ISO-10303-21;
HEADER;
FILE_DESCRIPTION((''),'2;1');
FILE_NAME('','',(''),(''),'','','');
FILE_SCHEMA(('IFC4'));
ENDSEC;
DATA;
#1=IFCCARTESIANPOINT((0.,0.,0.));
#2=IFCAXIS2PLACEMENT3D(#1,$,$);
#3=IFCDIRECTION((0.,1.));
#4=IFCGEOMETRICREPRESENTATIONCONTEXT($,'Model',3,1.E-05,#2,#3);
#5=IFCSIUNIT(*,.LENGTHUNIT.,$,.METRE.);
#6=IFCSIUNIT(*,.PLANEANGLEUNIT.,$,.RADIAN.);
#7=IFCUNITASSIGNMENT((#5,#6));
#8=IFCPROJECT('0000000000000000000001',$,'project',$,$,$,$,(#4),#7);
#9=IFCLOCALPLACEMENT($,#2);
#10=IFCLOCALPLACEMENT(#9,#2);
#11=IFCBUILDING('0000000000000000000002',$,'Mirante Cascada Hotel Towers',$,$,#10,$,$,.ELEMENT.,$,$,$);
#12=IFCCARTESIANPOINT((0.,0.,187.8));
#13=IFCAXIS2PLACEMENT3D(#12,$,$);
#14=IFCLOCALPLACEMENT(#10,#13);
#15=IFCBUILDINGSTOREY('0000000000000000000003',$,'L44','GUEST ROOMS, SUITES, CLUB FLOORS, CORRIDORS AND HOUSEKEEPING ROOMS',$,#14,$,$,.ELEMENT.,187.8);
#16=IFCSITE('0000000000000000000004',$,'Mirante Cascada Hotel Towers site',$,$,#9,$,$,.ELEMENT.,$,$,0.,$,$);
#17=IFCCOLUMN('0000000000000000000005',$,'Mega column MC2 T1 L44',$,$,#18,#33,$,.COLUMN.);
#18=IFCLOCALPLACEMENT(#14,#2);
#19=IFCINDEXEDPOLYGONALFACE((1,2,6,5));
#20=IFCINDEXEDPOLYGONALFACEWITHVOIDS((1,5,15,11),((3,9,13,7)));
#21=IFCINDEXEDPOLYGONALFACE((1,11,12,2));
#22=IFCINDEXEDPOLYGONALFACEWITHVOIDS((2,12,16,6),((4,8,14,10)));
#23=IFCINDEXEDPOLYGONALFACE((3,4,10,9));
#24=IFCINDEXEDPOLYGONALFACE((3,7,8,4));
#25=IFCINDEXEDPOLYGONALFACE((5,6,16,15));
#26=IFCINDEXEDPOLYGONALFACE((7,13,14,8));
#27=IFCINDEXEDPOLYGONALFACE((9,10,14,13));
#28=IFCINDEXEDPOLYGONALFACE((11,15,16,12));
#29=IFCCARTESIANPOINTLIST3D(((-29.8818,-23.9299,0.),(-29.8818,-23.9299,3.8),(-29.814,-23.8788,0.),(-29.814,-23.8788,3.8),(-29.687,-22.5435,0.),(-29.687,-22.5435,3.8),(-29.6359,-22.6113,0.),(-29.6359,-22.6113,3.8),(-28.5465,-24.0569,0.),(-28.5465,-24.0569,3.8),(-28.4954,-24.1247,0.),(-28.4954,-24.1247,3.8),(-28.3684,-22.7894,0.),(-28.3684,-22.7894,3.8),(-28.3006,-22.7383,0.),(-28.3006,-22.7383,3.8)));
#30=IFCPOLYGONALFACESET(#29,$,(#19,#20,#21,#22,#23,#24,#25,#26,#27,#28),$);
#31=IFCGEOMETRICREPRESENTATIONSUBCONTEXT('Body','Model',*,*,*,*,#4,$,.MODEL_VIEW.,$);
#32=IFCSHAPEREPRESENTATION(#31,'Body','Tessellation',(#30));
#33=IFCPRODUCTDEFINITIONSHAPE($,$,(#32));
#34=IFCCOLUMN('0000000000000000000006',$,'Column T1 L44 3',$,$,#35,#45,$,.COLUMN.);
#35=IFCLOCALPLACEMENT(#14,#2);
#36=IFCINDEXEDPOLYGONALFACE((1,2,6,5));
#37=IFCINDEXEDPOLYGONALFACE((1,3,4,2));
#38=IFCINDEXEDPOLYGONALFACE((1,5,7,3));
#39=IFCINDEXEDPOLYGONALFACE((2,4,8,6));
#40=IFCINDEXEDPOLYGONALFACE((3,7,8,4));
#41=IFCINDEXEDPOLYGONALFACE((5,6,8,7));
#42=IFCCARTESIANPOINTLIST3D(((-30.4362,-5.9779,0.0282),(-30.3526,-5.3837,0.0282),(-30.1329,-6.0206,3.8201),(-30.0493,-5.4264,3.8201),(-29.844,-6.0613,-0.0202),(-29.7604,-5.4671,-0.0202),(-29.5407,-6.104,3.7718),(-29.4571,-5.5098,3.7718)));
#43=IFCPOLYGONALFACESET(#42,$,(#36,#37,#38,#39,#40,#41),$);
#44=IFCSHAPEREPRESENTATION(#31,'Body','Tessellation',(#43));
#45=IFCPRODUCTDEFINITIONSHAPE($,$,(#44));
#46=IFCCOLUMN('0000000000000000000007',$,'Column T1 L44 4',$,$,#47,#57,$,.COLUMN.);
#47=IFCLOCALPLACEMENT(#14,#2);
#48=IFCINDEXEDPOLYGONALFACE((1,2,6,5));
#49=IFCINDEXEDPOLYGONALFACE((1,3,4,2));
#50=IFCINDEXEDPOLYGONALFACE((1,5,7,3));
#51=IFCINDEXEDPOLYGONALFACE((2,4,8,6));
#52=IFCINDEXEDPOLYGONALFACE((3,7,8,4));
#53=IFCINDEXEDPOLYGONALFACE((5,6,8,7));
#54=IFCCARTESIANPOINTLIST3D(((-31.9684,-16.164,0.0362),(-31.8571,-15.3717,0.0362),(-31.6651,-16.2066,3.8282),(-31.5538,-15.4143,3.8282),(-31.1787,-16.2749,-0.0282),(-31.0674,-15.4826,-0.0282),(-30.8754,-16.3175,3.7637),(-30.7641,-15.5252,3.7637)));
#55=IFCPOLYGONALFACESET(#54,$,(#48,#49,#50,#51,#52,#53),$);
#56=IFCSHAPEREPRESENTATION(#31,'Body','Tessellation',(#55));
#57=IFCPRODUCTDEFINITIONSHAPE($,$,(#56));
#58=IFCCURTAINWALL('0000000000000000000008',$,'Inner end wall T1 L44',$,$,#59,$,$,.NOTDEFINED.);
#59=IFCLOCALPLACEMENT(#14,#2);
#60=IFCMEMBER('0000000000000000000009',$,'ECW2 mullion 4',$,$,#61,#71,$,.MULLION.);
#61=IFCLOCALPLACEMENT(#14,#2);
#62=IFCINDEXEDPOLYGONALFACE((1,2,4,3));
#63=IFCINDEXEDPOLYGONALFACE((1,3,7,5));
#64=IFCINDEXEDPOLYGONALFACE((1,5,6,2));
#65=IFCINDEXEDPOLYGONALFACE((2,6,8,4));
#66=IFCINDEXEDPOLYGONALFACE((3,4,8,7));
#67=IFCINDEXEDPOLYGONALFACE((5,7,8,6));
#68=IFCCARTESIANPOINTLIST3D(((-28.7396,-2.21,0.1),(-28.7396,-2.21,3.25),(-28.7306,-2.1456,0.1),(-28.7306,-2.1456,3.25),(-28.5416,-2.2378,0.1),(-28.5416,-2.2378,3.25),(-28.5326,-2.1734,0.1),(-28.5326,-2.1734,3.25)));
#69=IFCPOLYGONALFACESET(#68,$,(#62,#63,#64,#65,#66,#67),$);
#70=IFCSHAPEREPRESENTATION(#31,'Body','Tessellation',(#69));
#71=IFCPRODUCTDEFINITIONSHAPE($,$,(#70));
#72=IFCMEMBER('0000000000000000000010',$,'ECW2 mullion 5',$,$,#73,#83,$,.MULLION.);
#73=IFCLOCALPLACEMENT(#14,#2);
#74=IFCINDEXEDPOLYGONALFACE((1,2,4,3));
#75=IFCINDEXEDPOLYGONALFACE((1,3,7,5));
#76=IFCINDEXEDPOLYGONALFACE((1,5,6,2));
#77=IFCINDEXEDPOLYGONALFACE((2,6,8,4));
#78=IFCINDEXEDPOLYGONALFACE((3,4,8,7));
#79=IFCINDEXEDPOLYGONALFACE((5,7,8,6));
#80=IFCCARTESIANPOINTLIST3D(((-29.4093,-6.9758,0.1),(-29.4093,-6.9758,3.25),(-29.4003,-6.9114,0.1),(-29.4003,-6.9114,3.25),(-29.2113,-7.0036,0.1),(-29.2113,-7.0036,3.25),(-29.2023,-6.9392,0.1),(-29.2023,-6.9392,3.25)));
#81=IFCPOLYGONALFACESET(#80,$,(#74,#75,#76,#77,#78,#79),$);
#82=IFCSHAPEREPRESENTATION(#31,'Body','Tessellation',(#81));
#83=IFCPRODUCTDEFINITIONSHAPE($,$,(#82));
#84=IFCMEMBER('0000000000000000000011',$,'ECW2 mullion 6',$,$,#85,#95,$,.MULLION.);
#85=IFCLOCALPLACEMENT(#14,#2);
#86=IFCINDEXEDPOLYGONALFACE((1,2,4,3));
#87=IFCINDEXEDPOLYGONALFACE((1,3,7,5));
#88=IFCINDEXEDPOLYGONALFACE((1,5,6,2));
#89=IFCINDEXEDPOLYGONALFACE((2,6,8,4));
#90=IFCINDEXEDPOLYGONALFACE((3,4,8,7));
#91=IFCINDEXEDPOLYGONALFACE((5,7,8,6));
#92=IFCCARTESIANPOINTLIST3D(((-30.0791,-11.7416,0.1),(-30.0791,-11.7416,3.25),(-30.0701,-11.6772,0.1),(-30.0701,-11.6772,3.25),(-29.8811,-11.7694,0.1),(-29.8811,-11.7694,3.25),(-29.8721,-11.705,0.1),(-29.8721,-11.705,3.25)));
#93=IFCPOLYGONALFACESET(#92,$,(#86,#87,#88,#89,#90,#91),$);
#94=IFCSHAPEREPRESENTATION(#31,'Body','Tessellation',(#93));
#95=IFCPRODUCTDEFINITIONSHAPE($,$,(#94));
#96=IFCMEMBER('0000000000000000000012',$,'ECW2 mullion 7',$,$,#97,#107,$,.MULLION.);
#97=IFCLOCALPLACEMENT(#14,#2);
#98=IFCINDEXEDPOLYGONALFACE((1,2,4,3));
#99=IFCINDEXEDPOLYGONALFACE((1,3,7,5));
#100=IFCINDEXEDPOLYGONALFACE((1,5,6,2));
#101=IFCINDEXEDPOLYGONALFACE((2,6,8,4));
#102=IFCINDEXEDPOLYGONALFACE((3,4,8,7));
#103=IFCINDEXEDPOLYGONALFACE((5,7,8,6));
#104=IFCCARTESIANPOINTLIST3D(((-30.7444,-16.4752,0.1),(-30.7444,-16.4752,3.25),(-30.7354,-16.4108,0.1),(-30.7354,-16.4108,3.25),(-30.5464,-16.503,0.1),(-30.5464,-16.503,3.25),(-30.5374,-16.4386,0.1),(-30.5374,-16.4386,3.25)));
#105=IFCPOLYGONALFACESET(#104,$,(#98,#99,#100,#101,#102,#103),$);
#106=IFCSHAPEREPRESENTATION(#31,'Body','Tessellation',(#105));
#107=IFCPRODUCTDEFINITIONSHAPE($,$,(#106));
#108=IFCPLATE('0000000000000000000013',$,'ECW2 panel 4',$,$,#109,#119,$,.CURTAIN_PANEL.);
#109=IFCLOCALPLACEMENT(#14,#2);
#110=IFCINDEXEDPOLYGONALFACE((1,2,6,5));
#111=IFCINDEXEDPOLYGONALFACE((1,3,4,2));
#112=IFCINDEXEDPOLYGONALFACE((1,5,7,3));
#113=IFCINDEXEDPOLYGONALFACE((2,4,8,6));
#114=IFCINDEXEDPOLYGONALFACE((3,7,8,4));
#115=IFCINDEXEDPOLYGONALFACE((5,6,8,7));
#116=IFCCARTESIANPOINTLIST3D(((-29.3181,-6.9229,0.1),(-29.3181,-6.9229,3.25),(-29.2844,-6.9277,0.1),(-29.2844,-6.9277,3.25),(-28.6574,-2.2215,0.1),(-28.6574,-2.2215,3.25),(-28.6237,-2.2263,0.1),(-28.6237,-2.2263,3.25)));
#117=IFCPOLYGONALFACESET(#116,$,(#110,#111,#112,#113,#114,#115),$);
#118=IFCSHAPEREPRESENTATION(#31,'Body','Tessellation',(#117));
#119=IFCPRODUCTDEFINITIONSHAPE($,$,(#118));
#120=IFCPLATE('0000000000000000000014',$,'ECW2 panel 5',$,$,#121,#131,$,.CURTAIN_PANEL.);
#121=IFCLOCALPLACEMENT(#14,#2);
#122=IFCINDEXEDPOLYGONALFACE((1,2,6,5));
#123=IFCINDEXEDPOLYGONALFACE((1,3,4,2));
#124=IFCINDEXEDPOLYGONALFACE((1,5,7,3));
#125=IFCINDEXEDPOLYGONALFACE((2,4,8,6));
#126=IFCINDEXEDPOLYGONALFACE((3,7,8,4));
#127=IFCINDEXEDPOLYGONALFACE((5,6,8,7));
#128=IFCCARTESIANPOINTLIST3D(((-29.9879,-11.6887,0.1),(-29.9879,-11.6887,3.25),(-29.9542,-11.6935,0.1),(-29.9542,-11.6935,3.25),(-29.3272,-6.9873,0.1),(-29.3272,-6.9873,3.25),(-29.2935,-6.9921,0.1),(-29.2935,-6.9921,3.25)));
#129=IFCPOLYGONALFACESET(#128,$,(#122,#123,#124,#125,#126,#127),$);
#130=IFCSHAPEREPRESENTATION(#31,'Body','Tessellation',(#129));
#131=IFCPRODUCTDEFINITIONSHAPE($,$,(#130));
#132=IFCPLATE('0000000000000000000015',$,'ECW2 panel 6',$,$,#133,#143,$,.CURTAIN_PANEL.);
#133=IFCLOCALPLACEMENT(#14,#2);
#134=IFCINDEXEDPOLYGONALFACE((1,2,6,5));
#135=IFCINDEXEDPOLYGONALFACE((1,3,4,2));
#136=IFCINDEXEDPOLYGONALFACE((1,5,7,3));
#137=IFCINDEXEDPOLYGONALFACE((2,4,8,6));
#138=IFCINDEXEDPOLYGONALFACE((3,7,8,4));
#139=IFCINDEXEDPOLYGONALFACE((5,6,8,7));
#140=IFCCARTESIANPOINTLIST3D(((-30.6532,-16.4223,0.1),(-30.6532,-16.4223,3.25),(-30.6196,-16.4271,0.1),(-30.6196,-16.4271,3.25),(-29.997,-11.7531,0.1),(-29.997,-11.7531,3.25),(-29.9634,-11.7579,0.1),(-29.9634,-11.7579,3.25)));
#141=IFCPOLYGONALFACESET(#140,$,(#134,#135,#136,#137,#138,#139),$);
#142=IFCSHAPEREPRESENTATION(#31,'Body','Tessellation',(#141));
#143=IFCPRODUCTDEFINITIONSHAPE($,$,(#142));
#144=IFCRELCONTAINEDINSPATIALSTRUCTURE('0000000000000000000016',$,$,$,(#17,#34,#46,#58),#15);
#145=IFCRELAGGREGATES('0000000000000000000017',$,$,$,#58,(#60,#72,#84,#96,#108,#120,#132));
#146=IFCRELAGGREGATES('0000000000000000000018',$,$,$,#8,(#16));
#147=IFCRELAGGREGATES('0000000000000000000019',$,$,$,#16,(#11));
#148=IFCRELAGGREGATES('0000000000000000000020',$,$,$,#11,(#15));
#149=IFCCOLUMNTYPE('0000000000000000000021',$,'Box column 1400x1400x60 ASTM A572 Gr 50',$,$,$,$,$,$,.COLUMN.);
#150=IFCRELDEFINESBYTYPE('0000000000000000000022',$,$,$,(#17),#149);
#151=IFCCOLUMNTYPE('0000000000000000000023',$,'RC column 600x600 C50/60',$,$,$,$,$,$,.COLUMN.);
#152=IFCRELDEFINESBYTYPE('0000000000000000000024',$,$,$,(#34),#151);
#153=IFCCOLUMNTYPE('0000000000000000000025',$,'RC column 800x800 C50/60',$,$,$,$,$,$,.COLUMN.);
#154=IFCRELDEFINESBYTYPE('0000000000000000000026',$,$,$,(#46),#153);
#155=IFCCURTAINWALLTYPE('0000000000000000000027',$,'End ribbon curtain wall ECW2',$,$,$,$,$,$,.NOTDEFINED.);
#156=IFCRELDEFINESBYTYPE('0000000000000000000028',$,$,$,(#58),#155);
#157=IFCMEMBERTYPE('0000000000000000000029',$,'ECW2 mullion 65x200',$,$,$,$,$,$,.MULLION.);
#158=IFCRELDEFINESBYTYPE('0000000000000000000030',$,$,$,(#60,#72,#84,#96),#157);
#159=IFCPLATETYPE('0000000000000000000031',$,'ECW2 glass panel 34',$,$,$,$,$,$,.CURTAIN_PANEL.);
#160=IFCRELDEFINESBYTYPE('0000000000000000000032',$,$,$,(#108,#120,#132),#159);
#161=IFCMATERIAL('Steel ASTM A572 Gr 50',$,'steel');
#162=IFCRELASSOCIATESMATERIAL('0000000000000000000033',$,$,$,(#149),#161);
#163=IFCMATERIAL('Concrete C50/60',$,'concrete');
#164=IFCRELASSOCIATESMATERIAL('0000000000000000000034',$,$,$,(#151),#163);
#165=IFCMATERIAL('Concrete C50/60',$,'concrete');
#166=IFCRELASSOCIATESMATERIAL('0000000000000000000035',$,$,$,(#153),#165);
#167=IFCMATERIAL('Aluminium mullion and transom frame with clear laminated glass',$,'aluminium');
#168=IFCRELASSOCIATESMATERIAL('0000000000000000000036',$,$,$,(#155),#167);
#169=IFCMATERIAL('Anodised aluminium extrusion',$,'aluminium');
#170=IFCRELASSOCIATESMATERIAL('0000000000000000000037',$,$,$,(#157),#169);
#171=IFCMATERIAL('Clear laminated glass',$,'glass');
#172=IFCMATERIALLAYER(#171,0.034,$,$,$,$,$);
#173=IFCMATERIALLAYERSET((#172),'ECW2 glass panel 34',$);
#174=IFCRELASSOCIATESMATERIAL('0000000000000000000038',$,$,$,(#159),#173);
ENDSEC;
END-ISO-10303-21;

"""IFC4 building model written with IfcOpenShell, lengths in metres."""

from ifc_helpers import new_model, si_unit, direction, frame, origin, origin_2d, place, context, subcontext, project, spatial, rectangle, hollow_rectangle, extrude, material, layer, layer_set, material_profile, profile_set, type_object, element, aggregate, save


model = new_model("IFC4")

# Units and contexts
model_context = context("Model", 3, precision=1e-05, world=origin(), true_north=direction((0.0, 1.0)))
body_context = subcontext(model_context, "Body", "Model", "MODEL_VIEW")
ifc_project = project(units=[si_unit("LENGTHUNIT", "METRE"), si_unit("PLANEANGLEUNIT", "RADIAN")], contexts=[model_context])

# Site, building, storey
site_placement = place(None, origin())
site = spatial("IfcSite", under=ifc_project, at=site_placement, Name="Mirante Cascada Hotel Towers site", CompositionType="ELEMENT", RefElevation=0.0)
building_placement = place(site_placement, origin())
building = spatial("IfcBuilding", under=site, at=building_placement, Name="Mirante Cascada Hotel Towers", CompositionType="ELEMENT")
storey_placement = place(building_placement, frame((0.0, 0.0, 187.8)))
storey = spatial("IfcBuildingStorey", under=building, at=storey_placement, Name="L44", Description="GUEST ROOMS, SUITES, CLUB FLOORS, CORRIDORS AND HOUSEKEEPING ROOMS", CompositionType="ELEMENT", Elevation=187.8)

# Columns
ifc_material_1 = material(Name="Steel ASTM A572 Gr 50", Category="steel")
ifc_material_profile_1 = material_profile(ifc_material_1, hollow_rectangle(XDim=1.4, YDim=1.4, WallThickness=0.06, at=origin_2d()), Name="Box column 1400x1400x60 ASTM A572 Gr 50")
ifc_profile_set_1 = profile_set([ifc_material_profile_1], Name="Steel ASTM A572 Gr 50")
column_type_1 = type_object("IfcColumnType", Name="Box column 1400x1400x60 ASTM A572 Gr 50", PredefinedType="COLUMN", material=ifc_profile_set_1)
column_1_placement = place(storey_placement, frame((-29.0912, -23.3341, 0.0), z_axis=(0.0, 0.0, 1.0), x_axis=(-0.990268, 0.139173, 0.0)))
element("IfcColumn", 1, at=column_1_placement, inside=storey, type_object=column_type_1, Name="Mega column MC2 T1 L44", PredefinedType="COLUMN", context=body_context, shape_type="SweptSolid", body=[
    extrude(hollow_rectangle(XDim=1.4, YDim=1.4, WallThickness=0.06, at=origin_2d()), origin(), (0.0, 0.0, 1.0), 3.8),
])
ifc_material_2 = material(Name="Concrete C50/60", Category="concrete")
ifc_material_profile_2 = material_profile(ifc_material_2, rectangle(XDim=0.6, YDim=0.6, at=origin_2d()), Name="RC column 600x600 C50/60")
ifc_profile_set_2 = profile_set([ifc_material_profile_2], Name="Concrete C50/60")
column_type_2 = type_object("IfcColumnType", Name="RC column 600x600 C50/60", PredefinedType="COLUMN", material=ifc_profile_set_2)
column_2_placement = place(storey_placement, frame((-30.0983, -5.7225, 0.004), z_axis=(0.079725, -0.011224, 0.996754), x_axis=(0.13941, 0.990235, 0.0)))
element("IfcColumn", 2, at=column_2_placement, inside=storey, type_object=column_type_2, Name="Column T1 L44 3", PredefinedType="COLUMN", context=body_context, shape_type="SweptSolid", body=[
    extrude(rectangle(XDim=0.6, YDim=0.6, at=origin_2d()), origin(), (0.0, 0.0, 1.0), 3.8043),
])
ifc_material_3 = material(Name="Concrete C50/60", Category="concrete")
ifc_material_profile_3 = material_profile(ifc_material_3, rectangle(XDim=0.8, YDim=0.8, at=origin_2d()), Name="RC column 800x800 C50/60")
ifc_profile_set_3 = profile_set([ifc_material_profile_3], Name="Concrete C50/60")
column_type_3 = type_object("IfcColumnType", Name="RC column 800x800 C50/60", PredefinedType="COLUMN", material=ifc_profile_set_3)
column_3_placement = place(storey_placement, frame((-31.5179, -15.8233, 0.004), z_axis=(0.079725, -0.011198, 0.996754), x_axis=(0.13909, 0.99028, 0.0)))
element("IfcColumn", 3, at=column_3_placement, inside=storey, type_object=column_type_3, Name="Column T1 L44 4", PredefinedType="COLUMN", context=body_context, shape_type="SweptSolid", body=[
    extrude(rectangle(XDim=0.8, YDim=0.8, at=origin_2d()), origin(), (0.0, 0.0, 1.0), 3.8043),
])

# Curtain wall, members, plates
ifc_material_4 = material(Name="Aluminium mullion and transom frame with clear laminated glass", Category="aluminium")
curtain_wall_type = type_object("IfcCurtainWallType", Name="End ribbon curtain wall ECW2", PredefinedType="NOTDEFINED", material=ifc_material_4)
curtain_wall_placement = place(storey_placement, origin())
curtain_wall = element("IfcCurtainWall", 4, at=curtain_wall_placement, inside=storey, type_object=curtain_wall_type, Name="Inner end wall T1 L44", PredefinedType="NOTDEFINED")
ifc_material_5 = material(Name="Anodised aluminium extrusion", Category="aluminium")
ifc_material_profile_4 = material_profile(ifc_material_5, rectangle(XDim=0.2, YDim=0.065, at=origin_2d()), Name="ECW2 MULLION 65x200")
ifc_profile_set_4 = profile_set([ifc_material_profile_4], Name="Anodised aluminium extrusion")
member_type = type_object("IfcMemberType", Name="ECW2 mullion 65x200", PredefinedType="MULLION", material=ifc_profile_set_4)
member_1_placement = place(storey_placement, frame((-28.6361, -2.1917, 0.1), z_axis=(0.0, 0.0, 1.0), x_axis=(0.990268, -0.139173, 0.0)))
member_1 = element("IfcMember", 5, at=member_1_placement, type_object=member_type, Name="ECW2 mullion 4", PredefinedType="MULLION", context=body_context, shape_type="SweptSolid", body=[
    extrude(rectangle(XDim=0.2, YDim=0.065, at=origin_2d()), origin(), (0.0, 0.0, 1.0), 3.15),
])
member_2_placement = place(storey_placement, frame((-29.3058, -6.9575, 0.1), z_axis=(0.0, 0.0, 1.0), x_axis=(0.990268, -0.139173, 0.0)))
member_2 = element("IfcMember", 6, at=member_2_placement, type_object=member_type, Name="ECW2 mullion 5", PredefinedType="MULLION", context=body_context, shape_type="SweptSolid", body=[
    extrude(rectangle(XDim=0.2, YDim=0.065, at=origin_2d()), origin(), (0.0, 0.0, 1.0), 3.15),
])
member_3_placement = place(storey_placement, frame((-29.9756, -11.7233, 0.1), z_axis=(0.0, 0.0, 1.0), x_axis=(0.990268, -0.139173, 0.0)))
member_3 = element("IfcMember", 7, at=member_3_placement, type_object=member_type, Name="ECW2 mullion 6", PredefinedType="MULLION", context=body_context, shape_type="SweptSolid", body=[
    extrude(rectangle(XDim=0.2, YDim=0.065, at=origin_2d()), origin(), (0.0, 0.0, 1.0), 3.15),
])
member_4_placement = place(storey_placement, frame((-30.6409, -16.4569, 0.1), z_axis=(0.0, 0.0, 1.0), x_axis=(0.990268, -0.139173, 0.0)))
member_4 = element("IfcMember", 8, at=member_4_placement, type_object=member_type, Name="ECW2 mullion 7", PredefinedType="MULLION", context=body_context, shape_type="SweptSolid", body=[
    extrude(rectangle(XDim=0.2, YDim=0.065, at=origin_2d()), origin(), (0.0, 0.0, 1.0), 3.15),
])
ifc_material_6 = material(Name="Clear laminated glass", Category="glass")
ifc_layer_1 = layer(ifc_material_6, 0.034)
ifc_layer_set_1 = layer_set([ifc_layer_1], Name="ECW2 glass panel 34")
plate_type = type_object("IfcPlateType", Name="ECW2 glass panel 34", PredefinedType="CURTAIN_PANEL", material=ifc_layer_set_1)
plate_1_placement = place(storey_placement, frame((-28.9709, -4.5746, 0.1), z_axis=(0.0, 0.0, 1.0), x_axis=(-0.139173, -0.990268, 0.0)))
plate_1 = element("IfcPlate", 9, at=plate_1_placement, type_object=plate_type, Name="ECW2 panel 4", PredefinedType="CURTAIN_PANEL", context=body_context, shape_type="SweptSolid", body=[
    extrude(rectangle(XDim=4.7476, YDim=0.034, at=origin_2d()), origin(), (0.0, 0.0, 1.0), 3.15),
])
plate_2_placement = place(storey_placement, frame((-29.6407, -9.3404, 0.1), z_axis=(0.0, 0.0, 1.0), x_axis=(-0.139173, -0.990268, 0.0)))
plate_2 = element("IfcPlate", 10, at=plate_2_placement, type_object=plate_type, Name="ECW2 panel 5", PredefinedType="CURTAIN_PANEL", context=body_context, shape_type="SweptSolid", body=[
    extrude(rectangle(XDim=4.7476, YDim=0.034, at=origin_2d()), origin(), (0.0, 0.0, 1.0), 3.15),
])
plate_3_placement = place(storey_placement, frame((-30.3083, -14.0901, 0.1), z_axis=(0.0, 0.0, 1.0), x_axis=(-0.139173, -0.990268, 0.0)))
plate_3 = element("IfcPlate", 11, at=plate_3_placement, type_object=plate_type, Name="ECW2 panel 6", PredefinedType="CURTAIN_PANEL", context=body_context, shape_type="SweptSolid", body=[
    extrude(rectangle(XDim=4.7151, YDim=0.034, at=origin_2d()), origin(), (0.0, 0.0, 1.0), 3.15),
])
aggregate(curtain_wall, [member_1, member_2, member_3, member_4, plate_1, plate_2, plate_3])

save(model, "model.ifc")
